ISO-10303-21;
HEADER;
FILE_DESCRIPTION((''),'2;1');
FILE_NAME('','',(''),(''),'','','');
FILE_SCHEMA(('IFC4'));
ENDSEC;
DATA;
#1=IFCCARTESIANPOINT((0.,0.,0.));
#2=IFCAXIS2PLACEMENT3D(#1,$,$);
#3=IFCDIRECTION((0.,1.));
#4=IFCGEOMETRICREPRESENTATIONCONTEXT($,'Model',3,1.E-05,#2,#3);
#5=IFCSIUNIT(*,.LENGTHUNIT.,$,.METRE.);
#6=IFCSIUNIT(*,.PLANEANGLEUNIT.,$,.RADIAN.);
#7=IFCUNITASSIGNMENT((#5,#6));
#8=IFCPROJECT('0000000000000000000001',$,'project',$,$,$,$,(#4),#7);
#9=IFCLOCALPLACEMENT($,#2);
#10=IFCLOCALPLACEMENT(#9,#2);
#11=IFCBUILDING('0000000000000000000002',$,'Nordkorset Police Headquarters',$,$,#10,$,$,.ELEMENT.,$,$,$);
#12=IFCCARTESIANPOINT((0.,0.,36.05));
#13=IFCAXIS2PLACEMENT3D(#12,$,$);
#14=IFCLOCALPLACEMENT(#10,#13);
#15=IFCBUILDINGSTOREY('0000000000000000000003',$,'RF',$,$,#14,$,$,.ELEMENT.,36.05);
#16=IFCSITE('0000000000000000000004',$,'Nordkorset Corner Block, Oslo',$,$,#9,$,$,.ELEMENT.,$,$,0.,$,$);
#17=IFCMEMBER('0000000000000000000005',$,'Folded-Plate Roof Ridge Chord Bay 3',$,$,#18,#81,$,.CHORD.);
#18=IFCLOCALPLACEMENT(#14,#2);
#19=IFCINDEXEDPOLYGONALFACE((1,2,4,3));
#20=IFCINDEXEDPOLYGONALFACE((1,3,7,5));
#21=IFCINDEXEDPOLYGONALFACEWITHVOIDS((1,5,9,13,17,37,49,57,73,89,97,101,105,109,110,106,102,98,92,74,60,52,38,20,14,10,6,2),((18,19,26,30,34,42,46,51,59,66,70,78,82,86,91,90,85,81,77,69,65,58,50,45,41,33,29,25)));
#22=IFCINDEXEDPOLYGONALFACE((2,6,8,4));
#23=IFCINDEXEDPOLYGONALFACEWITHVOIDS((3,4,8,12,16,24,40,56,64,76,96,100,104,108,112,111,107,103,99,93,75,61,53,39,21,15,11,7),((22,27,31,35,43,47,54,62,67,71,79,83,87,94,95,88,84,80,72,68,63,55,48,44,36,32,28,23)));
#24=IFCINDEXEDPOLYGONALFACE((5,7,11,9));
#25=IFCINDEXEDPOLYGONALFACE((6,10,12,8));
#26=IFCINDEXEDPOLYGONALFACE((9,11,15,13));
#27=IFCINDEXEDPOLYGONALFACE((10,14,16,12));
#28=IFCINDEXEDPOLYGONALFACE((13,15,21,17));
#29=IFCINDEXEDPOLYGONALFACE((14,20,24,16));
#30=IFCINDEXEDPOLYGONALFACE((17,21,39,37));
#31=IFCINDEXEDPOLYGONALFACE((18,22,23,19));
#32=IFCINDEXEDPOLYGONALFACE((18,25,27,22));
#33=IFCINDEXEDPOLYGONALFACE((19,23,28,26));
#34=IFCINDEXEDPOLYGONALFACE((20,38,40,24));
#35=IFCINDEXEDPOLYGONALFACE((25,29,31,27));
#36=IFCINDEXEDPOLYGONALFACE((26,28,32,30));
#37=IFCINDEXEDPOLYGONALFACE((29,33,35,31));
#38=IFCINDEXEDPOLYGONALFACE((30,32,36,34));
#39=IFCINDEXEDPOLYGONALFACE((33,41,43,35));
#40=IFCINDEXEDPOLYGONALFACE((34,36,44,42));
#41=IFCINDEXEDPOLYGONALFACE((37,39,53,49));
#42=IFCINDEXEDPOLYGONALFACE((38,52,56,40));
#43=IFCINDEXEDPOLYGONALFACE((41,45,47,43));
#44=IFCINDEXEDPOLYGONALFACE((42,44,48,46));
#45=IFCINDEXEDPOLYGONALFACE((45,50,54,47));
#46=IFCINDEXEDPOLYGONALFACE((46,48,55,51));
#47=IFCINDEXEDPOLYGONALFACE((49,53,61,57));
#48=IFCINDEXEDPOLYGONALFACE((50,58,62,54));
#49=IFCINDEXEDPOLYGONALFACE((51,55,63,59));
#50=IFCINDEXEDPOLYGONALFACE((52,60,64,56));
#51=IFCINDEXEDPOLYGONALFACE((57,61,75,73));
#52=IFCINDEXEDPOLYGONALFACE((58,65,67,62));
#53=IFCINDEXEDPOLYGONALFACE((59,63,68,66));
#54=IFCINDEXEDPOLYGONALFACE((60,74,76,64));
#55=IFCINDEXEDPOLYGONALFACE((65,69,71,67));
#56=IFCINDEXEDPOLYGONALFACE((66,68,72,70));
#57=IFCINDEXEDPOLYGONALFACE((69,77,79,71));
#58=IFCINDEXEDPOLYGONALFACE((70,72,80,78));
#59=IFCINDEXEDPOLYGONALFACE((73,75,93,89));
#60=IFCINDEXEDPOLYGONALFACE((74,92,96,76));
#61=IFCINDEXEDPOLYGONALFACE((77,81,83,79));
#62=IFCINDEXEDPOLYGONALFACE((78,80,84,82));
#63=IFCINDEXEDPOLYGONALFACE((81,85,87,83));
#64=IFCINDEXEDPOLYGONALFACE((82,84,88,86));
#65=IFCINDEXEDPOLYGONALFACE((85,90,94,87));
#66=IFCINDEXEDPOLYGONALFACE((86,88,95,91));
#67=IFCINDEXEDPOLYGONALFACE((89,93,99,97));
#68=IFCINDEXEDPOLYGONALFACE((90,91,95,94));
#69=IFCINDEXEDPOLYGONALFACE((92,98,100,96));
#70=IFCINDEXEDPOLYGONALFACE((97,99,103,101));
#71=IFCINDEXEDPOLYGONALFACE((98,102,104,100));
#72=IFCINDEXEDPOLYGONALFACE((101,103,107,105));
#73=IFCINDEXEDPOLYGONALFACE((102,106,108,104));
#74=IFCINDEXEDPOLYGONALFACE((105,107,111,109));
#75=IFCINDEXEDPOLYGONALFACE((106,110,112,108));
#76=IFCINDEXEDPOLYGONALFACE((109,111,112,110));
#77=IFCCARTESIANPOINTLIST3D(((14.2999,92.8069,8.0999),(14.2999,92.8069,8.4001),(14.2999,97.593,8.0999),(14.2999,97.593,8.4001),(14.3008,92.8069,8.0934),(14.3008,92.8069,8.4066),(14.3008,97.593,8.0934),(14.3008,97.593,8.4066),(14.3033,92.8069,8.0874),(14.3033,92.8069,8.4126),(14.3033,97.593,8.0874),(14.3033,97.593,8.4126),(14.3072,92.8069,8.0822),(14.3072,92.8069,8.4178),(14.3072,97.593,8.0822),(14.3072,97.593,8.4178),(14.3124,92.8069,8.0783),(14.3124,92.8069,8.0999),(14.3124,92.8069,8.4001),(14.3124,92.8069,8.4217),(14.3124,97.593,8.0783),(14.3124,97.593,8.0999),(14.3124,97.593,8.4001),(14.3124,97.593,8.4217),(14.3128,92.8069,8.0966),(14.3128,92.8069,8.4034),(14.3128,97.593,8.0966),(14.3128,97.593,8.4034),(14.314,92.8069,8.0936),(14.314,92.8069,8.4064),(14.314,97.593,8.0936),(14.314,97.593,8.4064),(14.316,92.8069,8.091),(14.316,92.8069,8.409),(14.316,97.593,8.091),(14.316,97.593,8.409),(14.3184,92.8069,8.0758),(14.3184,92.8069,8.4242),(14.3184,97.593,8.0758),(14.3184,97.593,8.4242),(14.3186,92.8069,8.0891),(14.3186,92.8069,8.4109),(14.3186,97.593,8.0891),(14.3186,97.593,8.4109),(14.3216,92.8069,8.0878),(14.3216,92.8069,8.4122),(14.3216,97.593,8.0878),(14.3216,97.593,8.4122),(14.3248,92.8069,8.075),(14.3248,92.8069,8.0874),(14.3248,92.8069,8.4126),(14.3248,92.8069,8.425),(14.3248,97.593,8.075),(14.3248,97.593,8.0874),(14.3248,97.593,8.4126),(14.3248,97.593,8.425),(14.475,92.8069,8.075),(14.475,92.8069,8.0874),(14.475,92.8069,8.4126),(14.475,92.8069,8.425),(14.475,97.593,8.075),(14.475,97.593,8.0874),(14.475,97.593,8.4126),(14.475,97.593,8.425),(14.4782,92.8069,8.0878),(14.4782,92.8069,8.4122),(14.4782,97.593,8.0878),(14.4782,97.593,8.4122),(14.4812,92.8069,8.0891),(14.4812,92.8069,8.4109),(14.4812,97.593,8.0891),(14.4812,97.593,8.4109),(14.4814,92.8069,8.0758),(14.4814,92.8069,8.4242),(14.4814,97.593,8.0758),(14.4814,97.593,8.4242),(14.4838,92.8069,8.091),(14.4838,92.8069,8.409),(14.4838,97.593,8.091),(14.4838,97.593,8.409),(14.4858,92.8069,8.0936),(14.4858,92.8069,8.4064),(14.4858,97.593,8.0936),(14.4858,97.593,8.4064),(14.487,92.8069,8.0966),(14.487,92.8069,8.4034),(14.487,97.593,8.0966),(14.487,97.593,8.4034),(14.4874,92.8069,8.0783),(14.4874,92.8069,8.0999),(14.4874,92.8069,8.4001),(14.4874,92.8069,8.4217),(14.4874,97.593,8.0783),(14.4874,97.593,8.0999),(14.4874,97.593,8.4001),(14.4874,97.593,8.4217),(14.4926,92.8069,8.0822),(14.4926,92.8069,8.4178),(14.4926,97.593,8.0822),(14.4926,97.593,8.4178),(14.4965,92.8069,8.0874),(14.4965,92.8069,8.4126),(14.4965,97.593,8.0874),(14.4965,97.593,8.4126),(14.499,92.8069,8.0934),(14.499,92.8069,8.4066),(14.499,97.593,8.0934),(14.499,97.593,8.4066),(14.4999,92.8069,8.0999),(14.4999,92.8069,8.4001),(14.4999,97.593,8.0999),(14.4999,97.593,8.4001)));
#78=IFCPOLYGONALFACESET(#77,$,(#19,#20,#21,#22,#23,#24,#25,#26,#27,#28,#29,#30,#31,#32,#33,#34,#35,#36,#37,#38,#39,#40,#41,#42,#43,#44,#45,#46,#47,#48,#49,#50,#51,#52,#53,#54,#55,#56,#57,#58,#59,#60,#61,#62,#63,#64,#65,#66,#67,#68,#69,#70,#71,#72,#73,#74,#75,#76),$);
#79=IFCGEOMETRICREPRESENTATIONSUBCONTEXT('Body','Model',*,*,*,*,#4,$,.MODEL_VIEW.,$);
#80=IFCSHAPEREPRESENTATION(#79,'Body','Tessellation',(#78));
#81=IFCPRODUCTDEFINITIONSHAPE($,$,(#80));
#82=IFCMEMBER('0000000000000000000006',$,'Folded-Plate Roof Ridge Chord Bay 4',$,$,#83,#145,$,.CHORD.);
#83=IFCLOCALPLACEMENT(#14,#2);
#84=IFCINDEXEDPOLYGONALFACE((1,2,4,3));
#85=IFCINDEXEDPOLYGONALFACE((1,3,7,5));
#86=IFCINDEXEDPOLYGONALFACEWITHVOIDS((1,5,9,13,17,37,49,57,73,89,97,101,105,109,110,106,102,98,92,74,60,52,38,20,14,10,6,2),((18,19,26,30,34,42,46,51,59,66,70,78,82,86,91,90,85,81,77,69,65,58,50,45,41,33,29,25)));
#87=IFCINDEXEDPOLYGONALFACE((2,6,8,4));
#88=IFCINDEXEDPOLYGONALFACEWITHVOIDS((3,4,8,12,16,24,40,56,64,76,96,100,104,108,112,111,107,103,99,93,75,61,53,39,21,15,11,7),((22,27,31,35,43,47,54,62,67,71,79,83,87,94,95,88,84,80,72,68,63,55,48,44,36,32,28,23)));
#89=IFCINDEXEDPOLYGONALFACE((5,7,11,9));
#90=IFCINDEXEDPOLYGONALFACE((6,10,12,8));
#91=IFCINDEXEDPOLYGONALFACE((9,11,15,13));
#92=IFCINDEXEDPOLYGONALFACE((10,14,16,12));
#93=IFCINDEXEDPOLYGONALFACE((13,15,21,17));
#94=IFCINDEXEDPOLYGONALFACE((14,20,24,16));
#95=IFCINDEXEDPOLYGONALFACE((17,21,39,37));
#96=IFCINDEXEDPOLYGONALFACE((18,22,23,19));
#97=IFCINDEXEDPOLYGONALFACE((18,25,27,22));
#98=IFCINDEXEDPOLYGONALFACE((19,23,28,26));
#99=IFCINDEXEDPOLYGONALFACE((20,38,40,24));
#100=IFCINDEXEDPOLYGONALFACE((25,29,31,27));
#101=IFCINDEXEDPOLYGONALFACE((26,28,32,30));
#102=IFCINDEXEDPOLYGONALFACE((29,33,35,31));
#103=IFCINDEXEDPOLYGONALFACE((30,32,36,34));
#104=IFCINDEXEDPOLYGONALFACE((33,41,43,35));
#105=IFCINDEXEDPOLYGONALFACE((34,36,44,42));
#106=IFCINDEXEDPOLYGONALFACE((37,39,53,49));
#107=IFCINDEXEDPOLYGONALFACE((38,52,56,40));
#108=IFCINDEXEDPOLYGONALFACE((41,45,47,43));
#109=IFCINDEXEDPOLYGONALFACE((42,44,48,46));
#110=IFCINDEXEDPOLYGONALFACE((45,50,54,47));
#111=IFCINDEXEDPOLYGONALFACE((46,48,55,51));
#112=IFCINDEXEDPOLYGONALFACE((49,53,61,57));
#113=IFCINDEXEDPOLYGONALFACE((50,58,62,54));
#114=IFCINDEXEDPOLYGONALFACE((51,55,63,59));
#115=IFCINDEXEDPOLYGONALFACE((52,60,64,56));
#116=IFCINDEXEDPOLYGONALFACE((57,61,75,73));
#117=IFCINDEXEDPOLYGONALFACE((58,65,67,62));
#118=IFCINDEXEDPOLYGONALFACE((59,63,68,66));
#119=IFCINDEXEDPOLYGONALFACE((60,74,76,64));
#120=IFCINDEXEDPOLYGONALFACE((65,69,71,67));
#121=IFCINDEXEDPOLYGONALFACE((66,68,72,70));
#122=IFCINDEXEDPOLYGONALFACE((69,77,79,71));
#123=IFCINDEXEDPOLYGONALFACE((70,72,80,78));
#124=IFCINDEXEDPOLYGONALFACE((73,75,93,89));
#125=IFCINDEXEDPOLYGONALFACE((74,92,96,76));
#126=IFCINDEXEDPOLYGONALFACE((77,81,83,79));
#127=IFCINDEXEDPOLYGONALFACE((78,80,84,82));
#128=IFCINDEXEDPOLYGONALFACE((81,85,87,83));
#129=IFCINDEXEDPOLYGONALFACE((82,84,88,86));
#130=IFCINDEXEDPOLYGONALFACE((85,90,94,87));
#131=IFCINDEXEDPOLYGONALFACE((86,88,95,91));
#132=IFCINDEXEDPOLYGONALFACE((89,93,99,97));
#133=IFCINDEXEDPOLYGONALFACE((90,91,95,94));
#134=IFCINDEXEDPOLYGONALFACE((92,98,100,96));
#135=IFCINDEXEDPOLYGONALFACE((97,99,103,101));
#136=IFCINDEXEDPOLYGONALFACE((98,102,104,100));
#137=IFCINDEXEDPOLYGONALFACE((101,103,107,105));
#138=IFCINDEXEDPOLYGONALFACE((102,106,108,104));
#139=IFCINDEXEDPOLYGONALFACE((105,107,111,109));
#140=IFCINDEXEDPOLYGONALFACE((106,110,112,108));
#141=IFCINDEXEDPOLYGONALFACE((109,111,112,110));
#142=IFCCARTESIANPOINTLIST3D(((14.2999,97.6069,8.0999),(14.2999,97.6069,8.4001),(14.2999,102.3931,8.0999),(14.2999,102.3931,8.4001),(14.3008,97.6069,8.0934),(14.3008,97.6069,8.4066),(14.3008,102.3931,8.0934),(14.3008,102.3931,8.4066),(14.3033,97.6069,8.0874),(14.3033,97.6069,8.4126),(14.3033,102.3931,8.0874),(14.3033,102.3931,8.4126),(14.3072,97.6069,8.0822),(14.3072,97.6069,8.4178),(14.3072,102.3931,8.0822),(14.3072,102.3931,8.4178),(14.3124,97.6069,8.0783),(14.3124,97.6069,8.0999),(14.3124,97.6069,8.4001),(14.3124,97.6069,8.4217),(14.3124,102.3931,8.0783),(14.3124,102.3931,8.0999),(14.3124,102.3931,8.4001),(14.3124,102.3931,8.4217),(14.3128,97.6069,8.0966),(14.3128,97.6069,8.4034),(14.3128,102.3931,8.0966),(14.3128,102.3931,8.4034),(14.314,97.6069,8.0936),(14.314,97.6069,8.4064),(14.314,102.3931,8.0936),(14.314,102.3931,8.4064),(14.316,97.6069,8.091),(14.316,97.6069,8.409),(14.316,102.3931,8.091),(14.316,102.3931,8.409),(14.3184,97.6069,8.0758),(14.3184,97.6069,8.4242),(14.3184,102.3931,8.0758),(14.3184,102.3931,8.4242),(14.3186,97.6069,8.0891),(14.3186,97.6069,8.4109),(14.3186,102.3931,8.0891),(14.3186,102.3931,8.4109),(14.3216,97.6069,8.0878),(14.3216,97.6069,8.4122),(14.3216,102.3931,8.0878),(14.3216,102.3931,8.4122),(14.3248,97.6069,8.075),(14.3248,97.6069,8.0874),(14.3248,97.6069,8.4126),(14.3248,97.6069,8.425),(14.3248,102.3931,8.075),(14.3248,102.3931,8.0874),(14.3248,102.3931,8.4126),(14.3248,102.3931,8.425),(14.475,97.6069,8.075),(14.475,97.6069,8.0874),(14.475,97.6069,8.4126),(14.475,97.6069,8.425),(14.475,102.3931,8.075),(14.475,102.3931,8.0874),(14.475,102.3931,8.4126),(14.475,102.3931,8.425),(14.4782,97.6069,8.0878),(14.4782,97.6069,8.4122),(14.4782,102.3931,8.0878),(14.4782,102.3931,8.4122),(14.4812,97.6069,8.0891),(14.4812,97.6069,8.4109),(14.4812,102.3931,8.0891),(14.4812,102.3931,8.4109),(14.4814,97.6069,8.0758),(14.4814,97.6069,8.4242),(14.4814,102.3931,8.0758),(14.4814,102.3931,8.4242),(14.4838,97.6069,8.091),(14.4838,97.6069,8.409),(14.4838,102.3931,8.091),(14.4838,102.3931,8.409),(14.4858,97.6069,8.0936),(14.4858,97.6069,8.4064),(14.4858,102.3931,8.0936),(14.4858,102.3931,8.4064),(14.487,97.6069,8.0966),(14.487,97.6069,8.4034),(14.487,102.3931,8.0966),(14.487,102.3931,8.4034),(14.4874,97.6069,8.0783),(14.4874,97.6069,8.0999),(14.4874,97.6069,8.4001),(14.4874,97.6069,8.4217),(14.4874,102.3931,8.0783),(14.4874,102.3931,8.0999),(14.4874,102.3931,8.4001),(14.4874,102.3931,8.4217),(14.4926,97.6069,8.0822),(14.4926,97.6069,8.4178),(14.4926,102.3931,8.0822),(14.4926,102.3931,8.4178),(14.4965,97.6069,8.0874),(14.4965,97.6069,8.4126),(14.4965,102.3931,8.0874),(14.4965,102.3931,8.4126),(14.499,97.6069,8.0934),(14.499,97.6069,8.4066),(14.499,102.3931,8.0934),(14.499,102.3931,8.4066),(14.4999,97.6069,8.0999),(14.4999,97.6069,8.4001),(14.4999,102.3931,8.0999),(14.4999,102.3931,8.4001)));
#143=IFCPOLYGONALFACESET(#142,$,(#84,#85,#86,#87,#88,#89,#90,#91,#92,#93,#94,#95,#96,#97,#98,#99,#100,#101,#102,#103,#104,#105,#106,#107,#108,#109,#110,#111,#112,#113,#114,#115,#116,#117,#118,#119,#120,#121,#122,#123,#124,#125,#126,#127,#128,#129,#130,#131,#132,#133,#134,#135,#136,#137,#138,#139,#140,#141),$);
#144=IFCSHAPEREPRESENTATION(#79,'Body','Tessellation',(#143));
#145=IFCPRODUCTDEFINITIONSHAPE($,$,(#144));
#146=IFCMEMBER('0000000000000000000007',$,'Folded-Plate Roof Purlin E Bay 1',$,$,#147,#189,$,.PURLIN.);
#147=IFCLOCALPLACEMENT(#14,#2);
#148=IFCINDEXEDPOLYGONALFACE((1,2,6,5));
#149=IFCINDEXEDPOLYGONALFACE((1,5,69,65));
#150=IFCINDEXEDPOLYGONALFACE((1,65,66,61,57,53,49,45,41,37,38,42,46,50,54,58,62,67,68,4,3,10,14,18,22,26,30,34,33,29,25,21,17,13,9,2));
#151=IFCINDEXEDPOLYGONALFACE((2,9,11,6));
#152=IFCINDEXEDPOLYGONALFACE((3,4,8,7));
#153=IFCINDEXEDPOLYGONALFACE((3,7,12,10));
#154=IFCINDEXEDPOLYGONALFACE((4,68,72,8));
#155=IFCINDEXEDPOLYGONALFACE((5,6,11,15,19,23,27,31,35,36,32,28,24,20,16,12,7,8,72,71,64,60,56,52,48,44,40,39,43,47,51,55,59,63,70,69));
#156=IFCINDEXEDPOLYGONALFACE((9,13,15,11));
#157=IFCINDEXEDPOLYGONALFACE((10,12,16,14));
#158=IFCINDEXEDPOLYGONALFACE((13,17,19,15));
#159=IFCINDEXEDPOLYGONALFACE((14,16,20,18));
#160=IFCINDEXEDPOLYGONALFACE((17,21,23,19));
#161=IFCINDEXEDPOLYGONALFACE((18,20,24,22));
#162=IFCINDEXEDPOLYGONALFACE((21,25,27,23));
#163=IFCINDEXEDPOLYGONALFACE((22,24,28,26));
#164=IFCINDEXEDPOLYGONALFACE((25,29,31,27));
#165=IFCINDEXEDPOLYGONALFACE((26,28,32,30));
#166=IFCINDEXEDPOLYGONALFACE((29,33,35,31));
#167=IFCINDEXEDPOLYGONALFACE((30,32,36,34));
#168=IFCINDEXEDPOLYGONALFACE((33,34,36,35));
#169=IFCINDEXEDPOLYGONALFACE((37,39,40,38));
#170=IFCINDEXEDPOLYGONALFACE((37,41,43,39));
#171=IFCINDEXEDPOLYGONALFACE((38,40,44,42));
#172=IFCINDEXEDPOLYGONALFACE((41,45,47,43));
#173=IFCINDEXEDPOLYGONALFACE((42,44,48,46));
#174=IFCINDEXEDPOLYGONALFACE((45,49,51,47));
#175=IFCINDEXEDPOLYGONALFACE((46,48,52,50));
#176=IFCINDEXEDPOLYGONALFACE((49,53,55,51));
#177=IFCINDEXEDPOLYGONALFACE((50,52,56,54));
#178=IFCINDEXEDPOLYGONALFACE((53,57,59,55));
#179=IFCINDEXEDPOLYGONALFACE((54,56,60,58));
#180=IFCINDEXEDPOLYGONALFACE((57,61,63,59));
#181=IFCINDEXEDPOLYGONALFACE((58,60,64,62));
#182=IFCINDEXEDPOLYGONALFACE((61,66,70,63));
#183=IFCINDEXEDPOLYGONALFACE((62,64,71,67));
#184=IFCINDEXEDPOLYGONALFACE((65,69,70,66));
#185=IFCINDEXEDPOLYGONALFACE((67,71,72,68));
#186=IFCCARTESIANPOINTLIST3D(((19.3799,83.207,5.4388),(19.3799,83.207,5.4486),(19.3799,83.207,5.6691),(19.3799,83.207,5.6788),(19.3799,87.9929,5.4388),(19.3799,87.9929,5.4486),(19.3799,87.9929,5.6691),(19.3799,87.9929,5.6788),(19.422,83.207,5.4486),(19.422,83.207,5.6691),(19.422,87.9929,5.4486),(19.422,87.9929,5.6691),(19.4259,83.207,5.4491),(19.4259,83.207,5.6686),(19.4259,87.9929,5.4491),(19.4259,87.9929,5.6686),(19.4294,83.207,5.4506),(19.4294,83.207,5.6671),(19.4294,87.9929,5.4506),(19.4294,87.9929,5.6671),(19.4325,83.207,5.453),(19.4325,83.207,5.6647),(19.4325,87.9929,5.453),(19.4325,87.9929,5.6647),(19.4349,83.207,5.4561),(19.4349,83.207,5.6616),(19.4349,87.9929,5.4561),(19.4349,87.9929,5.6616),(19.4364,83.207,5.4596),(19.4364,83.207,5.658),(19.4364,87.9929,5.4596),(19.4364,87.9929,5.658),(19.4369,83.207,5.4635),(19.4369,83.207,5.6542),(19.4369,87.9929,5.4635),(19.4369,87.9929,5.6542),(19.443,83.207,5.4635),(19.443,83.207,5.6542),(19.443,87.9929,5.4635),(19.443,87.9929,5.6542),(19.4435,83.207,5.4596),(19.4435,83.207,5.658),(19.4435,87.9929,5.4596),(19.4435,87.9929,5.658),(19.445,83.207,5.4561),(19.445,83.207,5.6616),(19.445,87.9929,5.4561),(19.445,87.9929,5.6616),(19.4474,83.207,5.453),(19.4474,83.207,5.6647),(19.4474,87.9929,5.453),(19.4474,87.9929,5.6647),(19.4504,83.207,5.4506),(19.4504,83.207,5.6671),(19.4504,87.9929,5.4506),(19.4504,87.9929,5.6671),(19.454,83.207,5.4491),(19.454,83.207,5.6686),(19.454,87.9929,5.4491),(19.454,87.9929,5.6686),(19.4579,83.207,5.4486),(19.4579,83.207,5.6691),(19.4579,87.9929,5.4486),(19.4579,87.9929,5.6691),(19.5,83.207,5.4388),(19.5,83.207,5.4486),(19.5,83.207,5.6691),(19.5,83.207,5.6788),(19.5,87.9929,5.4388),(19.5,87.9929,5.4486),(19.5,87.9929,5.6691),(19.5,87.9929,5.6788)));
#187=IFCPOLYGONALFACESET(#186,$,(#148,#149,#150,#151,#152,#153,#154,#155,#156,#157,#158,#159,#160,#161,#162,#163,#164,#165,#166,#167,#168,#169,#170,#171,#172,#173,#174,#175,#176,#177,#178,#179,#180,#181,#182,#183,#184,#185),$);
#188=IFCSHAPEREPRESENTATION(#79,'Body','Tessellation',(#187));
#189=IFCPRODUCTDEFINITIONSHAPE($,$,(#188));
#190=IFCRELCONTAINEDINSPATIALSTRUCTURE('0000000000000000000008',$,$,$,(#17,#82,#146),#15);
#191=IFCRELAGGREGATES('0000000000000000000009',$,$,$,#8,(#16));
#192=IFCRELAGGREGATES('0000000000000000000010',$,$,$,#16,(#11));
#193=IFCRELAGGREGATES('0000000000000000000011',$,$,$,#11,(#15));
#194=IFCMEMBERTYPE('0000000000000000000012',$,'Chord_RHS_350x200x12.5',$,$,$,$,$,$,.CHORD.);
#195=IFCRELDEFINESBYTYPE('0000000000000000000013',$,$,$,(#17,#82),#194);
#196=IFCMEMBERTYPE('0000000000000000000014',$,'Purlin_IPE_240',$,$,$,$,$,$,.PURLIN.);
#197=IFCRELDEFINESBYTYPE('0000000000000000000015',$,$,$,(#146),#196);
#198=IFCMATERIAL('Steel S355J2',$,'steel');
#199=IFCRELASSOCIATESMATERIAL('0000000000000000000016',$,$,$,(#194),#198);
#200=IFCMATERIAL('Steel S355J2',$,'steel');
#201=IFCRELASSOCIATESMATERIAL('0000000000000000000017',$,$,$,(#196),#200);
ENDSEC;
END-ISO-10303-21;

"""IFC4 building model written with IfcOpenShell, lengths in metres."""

from ifc_helpers import new_model, si_unit, direction, frame, origin, origin_2d, place, context, subcontext, project, spatial, hollow_rectangle, i_section, extrude, material, material_profile, profile_set, type_object, element, save


model = new_model("IFC4")

# Units and contexts
model_context = context("Model", 3, precision=1e-05, world=origin(), true_north=direction((0.0, 1.0)))
body_context = subcontext(model_context, "Body", "Model", "MODEL_VIEW")
ifc_project = project(units=[si_unit("LENGTHUNIT", "METRE"), si_unit("PLANEANGLEUNIT", "RADIAN")], contexts=[model_context])

# Site, building, storey
site_placement = place(None, origin())
site = spatial("IfcSite", under=ifc_project, at=site_placement, Name="Nordkorset Corner Block, Oslo", CompositionType="ELEMENT", RefElevation=0.0)
building_placement = place(site_placement, origin())
building = spatial("IfcBuilding", under=site, at=building_placement, Name="Nordkorset Police Headquarters", CompositionType="ELEMENT")
storey_placement = place(building_placement, frame((0.0, 0.0, 36.05)))
storey = spatial("IfcBuildingStorey", under=building, at=storey_placement, Name="RF", CompositionType="ELEMENT", Elevation=36.05)

# Members
ifc_material_1 = material(Name="Steel S355J2", Category="steel")
ifc_material_profile_1 = material_profile(ifc_material_1, hollow_rectangle(XDim=0.2, YDim=0.3501, WallThickness=0.0125, InnerFilletRadius=0.0125, OuterFilletRadius=0.0249, at=origin_2d()), Name="RHS 350x200x12.5")
ifc_profile_set_1 = profile_set([ifc_material_profile_1], Name="Steel S355J2")
member_type_1 = type_object("IfcMemberType", Name="Chord_RHS_350x200x12.5", PredefinedType="CHORD", material=ifc_profile_set_1)
for number, where, z_axis, x_axis, name in (
    (1, (14.3999, 92.8069, 8.25), (0.0, 1.0, 0.0), (-1.0, 0.0, 0.0), "Folded-Plate Roof Ridge Chord Bay 3"),
    (2, (14.3999, 97.6069, 8.25), (0.0, 1.0, 0.0), (-1.0, 0.0, 0.0), "Folded-Plate Roof Ridge Chord Bay 4"),
):
    element("IfcMember", number, at=place(storey_placement, frame(where, z_axis=z_axis, x_axis=x_axis)), inside=storey, type_object=member_type_1, Name=name, PredefinedType="CHORD", context=body_context, shape_type="SweptSolid", body=[
        extrude(hollow_rectangle(XDim=0.2, YDim=0.3501, WallThickness=0.0125, InnerFilletRadius=0.0125, OuterFilletRadius=0.0249, at=origin_2d()), origin(), (0.0, 0.0, 1.0), 4.7861),
    ])
ifc_material_2 = material(Name="Steel S355J2", Category="steel")
ifc_material_profile_2 = material_profile(ifc_material_2, i_section(OverallWidth=0.1201, OverallDepth=0.24, WebThickness=0.0061, FlangeThickness=0.0098, FilletRadius=0.0149, at=origin_2d()), Name="IPE 240")
ifc_profile_set_2 = profile_set([ifc_material_profile_2], Name="Steel S355J2")
member_type_2 = type_object("IfcMemberType", Name="Purlin_IPE_240", PredefinedType="PURLIN", material=ifc_profile_set_2)
for number, where, z_axis, x_axis, name in (
    (3, (19.4399, 83.207, 5.5588), (0.0, 1.0, 0.0), (-1.0, 0.0, 0.0), "Folded-Plate Roof Purlin E Bay 1"),
):
    element("IfcMember", number, at=place(storey_placement, frame(where, z_axis=z_axis, x_axis=x_axis)), inside=storey, type_object=member_type_2, Name=name, PredefinedType="PURLIN", context=body_context, shape_type="SweptSolid", body=[
        extrude(i_section(OverallWidth=0.1201, OverallDepth=0.24, WebThickness=0.0061, FlangeThickness=0.0098, FilletRadius=0.0149, at=origin_2d()), origin(), (0.0, 0.0, 1.0), 4.7859),
    ])

save(model, "model.ifc")
